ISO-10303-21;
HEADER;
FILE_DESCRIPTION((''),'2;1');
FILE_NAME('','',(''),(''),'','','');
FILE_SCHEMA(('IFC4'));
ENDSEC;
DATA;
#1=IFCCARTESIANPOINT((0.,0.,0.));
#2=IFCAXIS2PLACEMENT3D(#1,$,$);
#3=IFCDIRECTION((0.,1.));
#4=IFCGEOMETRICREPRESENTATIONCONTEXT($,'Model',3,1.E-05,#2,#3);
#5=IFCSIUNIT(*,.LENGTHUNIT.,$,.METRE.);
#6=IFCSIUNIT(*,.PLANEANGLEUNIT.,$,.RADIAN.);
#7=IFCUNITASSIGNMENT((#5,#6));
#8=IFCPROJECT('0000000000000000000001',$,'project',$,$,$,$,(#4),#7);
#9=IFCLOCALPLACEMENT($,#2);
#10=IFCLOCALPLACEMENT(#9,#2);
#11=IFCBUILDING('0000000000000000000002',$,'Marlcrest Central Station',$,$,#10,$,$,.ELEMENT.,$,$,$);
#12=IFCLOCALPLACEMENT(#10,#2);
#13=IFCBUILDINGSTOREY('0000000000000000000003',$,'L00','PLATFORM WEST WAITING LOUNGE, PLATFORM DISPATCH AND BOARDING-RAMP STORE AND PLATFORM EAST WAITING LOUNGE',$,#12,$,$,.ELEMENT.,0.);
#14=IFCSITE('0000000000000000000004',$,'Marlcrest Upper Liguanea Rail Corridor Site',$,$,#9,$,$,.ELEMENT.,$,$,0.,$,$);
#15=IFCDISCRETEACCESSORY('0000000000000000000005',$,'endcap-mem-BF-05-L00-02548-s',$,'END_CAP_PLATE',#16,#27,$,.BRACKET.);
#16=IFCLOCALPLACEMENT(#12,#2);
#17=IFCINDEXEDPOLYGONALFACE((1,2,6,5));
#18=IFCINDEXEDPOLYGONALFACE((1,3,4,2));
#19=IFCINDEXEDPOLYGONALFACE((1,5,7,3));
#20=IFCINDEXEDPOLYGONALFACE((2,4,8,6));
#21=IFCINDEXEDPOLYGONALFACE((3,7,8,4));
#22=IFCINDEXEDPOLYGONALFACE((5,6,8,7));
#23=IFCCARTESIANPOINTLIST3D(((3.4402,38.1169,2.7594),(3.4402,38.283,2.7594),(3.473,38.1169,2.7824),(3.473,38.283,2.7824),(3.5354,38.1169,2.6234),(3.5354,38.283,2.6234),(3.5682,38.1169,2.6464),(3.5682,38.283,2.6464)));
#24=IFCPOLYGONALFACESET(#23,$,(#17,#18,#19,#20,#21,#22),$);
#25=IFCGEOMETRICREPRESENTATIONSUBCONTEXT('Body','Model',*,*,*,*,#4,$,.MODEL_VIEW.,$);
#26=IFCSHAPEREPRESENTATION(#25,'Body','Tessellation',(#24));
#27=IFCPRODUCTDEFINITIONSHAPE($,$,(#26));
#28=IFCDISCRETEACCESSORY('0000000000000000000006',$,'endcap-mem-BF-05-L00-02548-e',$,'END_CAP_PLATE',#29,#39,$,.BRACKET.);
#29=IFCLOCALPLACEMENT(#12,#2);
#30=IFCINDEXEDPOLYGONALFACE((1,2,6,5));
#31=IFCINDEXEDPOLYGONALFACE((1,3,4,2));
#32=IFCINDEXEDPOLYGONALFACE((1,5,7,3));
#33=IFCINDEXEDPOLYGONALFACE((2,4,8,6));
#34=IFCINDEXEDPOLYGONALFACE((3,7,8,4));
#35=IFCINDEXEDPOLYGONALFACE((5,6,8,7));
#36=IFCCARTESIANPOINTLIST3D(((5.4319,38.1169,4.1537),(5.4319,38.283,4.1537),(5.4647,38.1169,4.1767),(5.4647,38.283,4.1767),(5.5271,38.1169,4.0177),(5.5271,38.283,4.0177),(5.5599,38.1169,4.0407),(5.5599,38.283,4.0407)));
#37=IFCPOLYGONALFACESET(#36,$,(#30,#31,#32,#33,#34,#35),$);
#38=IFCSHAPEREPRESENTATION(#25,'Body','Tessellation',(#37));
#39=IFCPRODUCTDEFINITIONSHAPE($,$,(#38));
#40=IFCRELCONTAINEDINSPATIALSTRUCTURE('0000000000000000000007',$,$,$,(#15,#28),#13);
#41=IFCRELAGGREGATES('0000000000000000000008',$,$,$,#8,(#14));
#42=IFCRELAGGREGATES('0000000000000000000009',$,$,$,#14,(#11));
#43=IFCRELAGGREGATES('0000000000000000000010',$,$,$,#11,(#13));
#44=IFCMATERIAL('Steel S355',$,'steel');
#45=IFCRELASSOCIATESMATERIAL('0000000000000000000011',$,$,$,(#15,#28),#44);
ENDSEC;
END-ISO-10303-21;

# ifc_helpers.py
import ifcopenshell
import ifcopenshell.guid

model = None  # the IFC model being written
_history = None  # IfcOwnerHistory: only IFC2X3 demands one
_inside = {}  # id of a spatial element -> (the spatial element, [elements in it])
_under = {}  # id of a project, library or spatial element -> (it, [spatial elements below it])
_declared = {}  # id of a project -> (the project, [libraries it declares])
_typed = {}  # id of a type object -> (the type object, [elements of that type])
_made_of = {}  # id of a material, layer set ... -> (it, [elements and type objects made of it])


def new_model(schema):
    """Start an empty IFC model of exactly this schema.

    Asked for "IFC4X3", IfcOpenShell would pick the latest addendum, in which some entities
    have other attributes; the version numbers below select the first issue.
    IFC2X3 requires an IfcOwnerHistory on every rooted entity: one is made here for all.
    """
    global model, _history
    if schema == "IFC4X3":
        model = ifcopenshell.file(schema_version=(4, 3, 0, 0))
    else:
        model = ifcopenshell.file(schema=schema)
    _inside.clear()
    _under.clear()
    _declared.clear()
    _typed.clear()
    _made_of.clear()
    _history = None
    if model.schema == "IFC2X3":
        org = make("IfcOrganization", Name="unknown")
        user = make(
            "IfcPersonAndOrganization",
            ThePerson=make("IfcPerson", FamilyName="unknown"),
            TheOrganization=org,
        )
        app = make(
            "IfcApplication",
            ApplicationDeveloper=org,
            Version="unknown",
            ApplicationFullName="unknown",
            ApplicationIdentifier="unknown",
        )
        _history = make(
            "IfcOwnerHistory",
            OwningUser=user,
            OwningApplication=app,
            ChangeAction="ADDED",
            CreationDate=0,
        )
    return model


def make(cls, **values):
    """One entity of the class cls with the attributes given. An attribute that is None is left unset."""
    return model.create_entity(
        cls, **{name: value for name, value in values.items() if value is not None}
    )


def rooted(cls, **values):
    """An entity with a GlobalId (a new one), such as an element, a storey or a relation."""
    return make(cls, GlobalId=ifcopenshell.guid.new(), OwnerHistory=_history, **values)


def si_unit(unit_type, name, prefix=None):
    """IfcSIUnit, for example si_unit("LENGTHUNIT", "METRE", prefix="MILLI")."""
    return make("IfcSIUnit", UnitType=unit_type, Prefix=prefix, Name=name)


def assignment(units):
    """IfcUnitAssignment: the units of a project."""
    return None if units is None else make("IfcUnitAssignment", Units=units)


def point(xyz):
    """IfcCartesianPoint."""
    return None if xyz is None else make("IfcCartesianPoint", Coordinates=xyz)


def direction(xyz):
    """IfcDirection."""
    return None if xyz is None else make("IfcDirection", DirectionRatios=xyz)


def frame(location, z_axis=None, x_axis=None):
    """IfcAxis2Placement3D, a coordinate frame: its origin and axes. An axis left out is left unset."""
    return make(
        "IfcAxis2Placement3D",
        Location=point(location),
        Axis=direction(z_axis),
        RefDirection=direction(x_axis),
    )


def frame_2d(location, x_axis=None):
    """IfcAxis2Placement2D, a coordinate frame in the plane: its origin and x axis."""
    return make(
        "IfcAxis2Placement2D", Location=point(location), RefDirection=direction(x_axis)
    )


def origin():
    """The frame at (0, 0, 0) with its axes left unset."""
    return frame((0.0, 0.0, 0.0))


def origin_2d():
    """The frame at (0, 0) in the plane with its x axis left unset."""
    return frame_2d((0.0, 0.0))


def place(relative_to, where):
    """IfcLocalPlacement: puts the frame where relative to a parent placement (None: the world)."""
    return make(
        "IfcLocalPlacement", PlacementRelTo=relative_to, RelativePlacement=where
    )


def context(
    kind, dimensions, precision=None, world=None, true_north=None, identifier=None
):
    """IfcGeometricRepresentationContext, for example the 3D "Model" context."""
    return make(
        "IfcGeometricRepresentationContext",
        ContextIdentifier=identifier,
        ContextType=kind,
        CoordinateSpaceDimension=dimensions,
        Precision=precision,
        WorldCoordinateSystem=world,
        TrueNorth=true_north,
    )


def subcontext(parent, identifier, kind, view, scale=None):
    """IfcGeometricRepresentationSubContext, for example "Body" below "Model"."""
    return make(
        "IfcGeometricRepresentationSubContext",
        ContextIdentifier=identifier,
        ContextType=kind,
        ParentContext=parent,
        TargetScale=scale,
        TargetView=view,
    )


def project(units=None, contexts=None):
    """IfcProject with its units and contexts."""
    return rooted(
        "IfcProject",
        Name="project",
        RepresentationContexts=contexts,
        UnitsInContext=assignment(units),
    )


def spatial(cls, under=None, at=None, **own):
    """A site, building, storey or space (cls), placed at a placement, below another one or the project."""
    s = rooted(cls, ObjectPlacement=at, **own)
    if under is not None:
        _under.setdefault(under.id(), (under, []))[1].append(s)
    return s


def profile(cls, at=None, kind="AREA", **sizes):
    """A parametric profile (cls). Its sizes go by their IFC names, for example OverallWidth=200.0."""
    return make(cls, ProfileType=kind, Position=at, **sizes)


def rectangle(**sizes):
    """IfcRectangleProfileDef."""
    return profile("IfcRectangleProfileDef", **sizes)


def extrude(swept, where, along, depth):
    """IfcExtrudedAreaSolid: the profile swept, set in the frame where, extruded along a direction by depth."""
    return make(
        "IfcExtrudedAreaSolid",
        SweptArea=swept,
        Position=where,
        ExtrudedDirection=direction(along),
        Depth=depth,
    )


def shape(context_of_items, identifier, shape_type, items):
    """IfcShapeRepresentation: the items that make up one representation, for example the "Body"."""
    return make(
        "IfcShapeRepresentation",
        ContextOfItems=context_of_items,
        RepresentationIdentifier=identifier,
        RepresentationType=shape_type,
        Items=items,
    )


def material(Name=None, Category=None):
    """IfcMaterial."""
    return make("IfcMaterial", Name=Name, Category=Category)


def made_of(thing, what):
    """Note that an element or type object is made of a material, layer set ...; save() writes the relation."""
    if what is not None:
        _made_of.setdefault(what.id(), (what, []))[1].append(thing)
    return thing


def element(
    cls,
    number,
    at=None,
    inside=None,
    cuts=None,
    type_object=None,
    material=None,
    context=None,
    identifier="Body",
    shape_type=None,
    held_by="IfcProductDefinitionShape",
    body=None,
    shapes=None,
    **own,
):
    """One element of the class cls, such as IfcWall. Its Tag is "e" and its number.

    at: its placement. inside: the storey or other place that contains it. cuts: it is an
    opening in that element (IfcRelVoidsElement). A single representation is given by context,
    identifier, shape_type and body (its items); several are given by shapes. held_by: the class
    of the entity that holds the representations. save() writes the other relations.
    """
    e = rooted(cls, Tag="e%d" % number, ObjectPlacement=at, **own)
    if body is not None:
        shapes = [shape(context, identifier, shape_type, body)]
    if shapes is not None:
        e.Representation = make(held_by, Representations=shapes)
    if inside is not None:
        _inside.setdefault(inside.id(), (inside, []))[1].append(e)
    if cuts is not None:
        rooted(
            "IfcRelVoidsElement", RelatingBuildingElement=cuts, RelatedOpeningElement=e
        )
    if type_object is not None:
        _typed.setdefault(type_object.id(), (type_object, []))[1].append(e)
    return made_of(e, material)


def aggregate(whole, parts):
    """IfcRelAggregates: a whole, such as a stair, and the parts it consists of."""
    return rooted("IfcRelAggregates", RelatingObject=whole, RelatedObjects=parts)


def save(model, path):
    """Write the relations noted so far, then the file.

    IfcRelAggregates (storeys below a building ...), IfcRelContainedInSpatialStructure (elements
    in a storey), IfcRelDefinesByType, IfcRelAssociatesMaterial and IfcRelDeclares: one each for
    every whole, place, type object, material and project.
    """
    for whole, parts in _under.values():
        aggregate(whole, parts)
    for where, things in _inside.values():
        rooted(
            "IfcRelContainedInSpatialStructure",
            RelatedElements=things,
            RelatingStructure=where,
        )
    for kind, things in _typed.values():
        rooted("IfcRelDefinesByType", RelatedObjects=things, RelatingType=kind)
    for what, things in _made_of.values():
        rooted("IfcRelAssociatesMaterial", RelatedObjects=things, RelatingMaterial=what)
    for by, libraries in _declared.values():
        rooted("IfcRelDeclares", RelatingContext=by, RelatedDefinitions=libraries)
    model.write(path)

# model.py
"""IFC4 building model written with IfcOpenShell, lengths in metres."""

from ifc_helpers import new_model, si_unit, direction, frame, origin, origin_2d, place, context, subcontext, project, spatial, rectangle, extrude, material, element, save


model = new_model("IFC4")

# Units and contexts
model_context = context("Model", 3, precision=1e-05, world=origin(), true_north=direction((0.0, 1.0)))
body_context = subcontext(model_context, "Body", "Model", "MODEL_VIEW")
ifc_project = project(units=[si_unit("LENGTHUNIT", "METRE"), si_unit("PLANEANGLEUNIT", "RADIAN")], contexts=[model_context])

# Site, building, storey
site_placement = place(None, origin())
site = spatial("IfcSite", under=ifc_project, at=site_placement, Name="Marlcrest Upper Liguanea Rail Corridor Site", CompositionType="ELEMENT", RefElevation=0.0)
building_placement = place(site_placement, origin())
building = spatial("IfcBuilding", under=site, at=building_placement, Name="Marlcrest Central Station", CompositionType="ELEMENT")
storey_placement = place(building_placement, origin())
storey = spatial("IfcBuildingStorey", under=building, at=storey_placement, Name="L00", Description="PLATFORM WEST WAITING LOUNGE, PLATFORM DISPATCH AND BOARDING-RAMP STORE AND PLATFORM EAST WAITING LOUNGE", CompositionType="ELEMENT", Elevation=0.0)

# Shared definitions
ifc_material_1 = material(Name="Steel S355", Category="steel")

# Discrete accessories
for number, where, z_axis, x_axis, name in (
    (1, (3.4878, 38.2, 2.6914), (0.819204, 0.0, 0.573503), (0.0, 1.0, 0.0), "endcap-mem-BF-05-L00-02548-s"),
    (2, (5.4795, 38.2, 4.0857), (0.819204, 0.0, 0.573503), (0.0, 1.0, 0.0), "endcap-mem-BF-05-L00-02548-e"),
):
    element("IfcDiscreteAccessory", number, at=place(storey_placement, frame(where, z_axis=z_axis, x_axis=x_axis)), inside=storey, material=ifc_material_1, Name=name, ObjectType="END_CAP_PLATE", PredefinedType="BRACKET", context=body_context, shape_type="SweptSolid", body=[
        extrude(rectangle(XDim=0.166, YDim=0.166, at=origin_2d()), origin(), (0.0, 0.0, 1.0), 0.04),
    ])

save(model, "model.ifc")
